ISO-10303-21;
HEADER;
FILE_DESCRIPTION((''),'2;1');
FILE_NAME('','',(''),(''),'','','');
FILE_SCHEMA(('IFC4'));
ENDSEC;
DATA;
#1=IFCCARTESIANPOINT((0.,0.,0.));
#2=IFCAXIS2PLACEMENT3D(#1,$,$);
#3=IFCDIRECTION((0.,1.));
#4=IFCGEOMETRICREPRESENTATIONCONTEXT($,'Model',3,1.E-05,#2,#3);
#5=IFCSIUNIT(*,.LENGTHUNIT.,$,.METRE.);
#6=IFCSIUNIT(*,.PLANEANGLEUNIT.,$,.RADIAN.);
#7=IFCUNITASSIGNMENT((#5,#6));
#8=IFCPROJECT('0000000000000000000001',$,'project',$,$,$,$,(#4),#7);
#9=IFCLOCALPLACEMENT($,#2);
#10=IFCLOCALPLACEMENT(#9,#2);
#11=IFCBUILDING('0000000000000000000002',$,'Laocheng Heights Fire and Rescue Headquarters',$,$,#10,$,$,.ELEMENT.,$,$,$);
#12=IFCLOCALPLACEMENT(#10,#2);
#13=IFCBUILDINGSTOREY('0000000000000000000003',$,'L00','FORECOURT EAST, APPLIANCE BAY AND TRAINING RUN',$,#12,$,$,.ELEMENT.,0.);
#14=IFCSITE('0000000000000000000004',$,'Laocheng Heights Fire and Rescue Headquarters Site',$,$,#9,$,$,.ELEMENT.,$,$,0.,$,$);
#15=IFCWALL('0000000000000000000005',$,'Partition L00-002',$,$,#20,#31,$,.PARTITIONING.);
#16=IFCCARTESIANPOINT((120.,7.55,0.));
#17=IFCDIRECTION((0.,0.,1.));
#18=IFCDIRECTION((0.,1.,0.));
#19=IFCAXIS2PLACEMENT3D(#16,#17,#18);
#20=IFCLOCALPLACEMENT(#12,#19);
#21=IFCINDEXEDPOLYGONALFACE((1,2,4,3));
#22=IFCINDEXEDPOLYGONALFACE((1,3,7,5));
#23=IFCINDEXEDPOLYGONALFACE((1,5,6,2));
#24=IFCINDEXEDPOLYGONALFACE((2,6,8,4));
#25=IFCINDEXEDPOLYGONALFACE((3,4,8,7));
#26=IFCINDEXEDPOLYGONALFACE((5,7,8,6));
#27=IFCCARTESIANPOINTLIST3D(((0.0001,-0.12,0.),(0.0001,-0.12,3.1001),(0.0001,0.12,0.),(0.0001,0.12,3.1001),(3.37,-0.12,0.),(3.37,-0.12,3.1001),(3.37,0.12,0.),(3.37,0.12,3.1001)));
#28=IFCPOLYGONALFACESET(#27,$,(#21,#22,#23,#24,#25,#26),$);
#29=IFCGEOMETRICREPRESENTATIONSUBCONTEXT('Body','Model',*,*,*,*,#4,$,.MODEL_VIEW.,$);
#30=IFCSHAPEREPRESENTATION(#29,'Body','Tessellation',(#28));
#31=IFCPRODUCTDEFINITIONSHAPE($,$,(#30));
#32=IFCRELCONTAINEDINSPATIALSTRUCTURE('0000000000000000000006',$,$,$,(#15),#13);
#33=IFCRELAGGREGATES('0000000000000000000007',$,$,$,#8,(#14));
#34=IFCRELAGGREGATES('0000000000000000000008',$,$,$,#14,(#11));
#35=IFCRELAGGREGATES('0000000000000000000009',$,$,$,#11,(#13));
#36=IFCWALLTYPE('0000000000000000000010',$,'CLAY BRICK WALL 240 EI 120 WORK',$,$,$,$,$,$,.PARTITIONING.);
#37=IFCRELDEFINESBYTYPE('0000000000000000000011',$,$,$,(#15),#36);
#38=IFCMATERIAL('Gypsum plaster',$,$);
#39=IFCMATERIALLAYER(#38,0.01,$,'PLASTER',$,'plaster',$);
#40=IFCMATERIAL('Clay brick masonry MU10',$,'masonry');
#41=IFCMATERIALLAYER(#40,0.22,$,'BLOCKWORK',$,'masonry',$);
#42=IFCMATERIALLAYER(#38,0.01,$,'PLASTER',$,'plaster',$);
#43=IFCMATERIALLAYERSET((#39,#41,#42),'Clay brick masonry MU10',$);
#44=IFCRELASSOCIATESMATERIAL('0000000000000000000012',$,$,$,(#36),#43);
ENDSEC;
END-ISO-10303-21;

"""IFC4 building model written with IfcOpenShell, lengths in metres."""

from ifc_helpers import new_model, si_unit, direction, frame, frame_2d, origin, place, context, subcontext, project, spatial, rectangle, extrude, material, layer, layer_set, type_object, element, save


model = new_model("IFC4")

# Units and contexts
model_context = context("Model", 3, precision=1e-05, world=origin(), true_north=direction((0.0, 1.0)))
body_context = subcontext(model_context, "Body", "Model", "MODEL_VIEW")
ifc_project = project(units=[si_unit("LENGTHUNIT", "METRE"), si_unit("PLANEANGLEUNIT", "RADIAN")], contexts=[model_context])

# Site, building, storey
site_placement = place(None, origin())
site = spatial("IfcSite", under=ifc_project, at=site_placement, Name="Laocheng Heights Fire and Rescue Headquarters Site", CompositionType="ELEMENT", RefElevation=0.0)
building_placement = place(site_placement, origin())
building = spatial("IfcBuilding", under=site, at=building_placement, Name="Laocheng Heights Fire and Rescue Headquarters", CompositionType="ELEMENT")
storey_placement = place(building_placement, origin())
storey = spatial("IfcBuildingStorey", under=building, at=storey_placement, Name="L00", Description="FORECOURT EAST, APPLIANCE BAY AND TRAINING RUN", CompositionType="ELEMENT", Elevation=0.0)

# Wall
ifc_material_1 = material(Name="Gypsum plaster")
ifc_layer_1 = layer(ifc_material_1, 0.01, Name="PLASTER", Category="plaster")
ifc_material_2 = material(Name="Clay brick masonry MU10", Category="masonry")
ifc_layer_2 = layer(ifc_material_2, 0.22, Name="BLOCKWORK", Category="masonry")
ifc_layer_3 = layer(ifc_material_1, 0.01, Name="PLASTER", Category="plaster")
ifc_layer_set_1 = layer_set([ifc_layer_1, ifc_layer_2, ifc_layer_3], Name="Clay brick masonry MU10")
wall_type_1 = type_object("IfcWallType", Name="CLAY BRICK WALL 240 EI 120 WORK", PredefinedType="PARTITIONING", material=ifc_layer_set_1)
wall_1_placement = place(storey_placement, frame((120.0, 7.55, 0.0), z_axis=(0.0, 0.0, 1.0), x_axis=(0.0, 1.0, 0.0)))
element("IfcWall", 1, at=wall_1_placement, inside=storey, type_object=wall_type_1, Name="Partition L00-002", PredefinedType="PARTITIONING", context=body_context, shape_type="SweptSolid", body=[
    extrude(rectangle(XDim=3.3699, YDim=0.24, at=frame_2d((1.6851, 0.0))), origin(), (0.0, 0.0, 1.0), 3.1001),
])

save(model, "model.ifc")
